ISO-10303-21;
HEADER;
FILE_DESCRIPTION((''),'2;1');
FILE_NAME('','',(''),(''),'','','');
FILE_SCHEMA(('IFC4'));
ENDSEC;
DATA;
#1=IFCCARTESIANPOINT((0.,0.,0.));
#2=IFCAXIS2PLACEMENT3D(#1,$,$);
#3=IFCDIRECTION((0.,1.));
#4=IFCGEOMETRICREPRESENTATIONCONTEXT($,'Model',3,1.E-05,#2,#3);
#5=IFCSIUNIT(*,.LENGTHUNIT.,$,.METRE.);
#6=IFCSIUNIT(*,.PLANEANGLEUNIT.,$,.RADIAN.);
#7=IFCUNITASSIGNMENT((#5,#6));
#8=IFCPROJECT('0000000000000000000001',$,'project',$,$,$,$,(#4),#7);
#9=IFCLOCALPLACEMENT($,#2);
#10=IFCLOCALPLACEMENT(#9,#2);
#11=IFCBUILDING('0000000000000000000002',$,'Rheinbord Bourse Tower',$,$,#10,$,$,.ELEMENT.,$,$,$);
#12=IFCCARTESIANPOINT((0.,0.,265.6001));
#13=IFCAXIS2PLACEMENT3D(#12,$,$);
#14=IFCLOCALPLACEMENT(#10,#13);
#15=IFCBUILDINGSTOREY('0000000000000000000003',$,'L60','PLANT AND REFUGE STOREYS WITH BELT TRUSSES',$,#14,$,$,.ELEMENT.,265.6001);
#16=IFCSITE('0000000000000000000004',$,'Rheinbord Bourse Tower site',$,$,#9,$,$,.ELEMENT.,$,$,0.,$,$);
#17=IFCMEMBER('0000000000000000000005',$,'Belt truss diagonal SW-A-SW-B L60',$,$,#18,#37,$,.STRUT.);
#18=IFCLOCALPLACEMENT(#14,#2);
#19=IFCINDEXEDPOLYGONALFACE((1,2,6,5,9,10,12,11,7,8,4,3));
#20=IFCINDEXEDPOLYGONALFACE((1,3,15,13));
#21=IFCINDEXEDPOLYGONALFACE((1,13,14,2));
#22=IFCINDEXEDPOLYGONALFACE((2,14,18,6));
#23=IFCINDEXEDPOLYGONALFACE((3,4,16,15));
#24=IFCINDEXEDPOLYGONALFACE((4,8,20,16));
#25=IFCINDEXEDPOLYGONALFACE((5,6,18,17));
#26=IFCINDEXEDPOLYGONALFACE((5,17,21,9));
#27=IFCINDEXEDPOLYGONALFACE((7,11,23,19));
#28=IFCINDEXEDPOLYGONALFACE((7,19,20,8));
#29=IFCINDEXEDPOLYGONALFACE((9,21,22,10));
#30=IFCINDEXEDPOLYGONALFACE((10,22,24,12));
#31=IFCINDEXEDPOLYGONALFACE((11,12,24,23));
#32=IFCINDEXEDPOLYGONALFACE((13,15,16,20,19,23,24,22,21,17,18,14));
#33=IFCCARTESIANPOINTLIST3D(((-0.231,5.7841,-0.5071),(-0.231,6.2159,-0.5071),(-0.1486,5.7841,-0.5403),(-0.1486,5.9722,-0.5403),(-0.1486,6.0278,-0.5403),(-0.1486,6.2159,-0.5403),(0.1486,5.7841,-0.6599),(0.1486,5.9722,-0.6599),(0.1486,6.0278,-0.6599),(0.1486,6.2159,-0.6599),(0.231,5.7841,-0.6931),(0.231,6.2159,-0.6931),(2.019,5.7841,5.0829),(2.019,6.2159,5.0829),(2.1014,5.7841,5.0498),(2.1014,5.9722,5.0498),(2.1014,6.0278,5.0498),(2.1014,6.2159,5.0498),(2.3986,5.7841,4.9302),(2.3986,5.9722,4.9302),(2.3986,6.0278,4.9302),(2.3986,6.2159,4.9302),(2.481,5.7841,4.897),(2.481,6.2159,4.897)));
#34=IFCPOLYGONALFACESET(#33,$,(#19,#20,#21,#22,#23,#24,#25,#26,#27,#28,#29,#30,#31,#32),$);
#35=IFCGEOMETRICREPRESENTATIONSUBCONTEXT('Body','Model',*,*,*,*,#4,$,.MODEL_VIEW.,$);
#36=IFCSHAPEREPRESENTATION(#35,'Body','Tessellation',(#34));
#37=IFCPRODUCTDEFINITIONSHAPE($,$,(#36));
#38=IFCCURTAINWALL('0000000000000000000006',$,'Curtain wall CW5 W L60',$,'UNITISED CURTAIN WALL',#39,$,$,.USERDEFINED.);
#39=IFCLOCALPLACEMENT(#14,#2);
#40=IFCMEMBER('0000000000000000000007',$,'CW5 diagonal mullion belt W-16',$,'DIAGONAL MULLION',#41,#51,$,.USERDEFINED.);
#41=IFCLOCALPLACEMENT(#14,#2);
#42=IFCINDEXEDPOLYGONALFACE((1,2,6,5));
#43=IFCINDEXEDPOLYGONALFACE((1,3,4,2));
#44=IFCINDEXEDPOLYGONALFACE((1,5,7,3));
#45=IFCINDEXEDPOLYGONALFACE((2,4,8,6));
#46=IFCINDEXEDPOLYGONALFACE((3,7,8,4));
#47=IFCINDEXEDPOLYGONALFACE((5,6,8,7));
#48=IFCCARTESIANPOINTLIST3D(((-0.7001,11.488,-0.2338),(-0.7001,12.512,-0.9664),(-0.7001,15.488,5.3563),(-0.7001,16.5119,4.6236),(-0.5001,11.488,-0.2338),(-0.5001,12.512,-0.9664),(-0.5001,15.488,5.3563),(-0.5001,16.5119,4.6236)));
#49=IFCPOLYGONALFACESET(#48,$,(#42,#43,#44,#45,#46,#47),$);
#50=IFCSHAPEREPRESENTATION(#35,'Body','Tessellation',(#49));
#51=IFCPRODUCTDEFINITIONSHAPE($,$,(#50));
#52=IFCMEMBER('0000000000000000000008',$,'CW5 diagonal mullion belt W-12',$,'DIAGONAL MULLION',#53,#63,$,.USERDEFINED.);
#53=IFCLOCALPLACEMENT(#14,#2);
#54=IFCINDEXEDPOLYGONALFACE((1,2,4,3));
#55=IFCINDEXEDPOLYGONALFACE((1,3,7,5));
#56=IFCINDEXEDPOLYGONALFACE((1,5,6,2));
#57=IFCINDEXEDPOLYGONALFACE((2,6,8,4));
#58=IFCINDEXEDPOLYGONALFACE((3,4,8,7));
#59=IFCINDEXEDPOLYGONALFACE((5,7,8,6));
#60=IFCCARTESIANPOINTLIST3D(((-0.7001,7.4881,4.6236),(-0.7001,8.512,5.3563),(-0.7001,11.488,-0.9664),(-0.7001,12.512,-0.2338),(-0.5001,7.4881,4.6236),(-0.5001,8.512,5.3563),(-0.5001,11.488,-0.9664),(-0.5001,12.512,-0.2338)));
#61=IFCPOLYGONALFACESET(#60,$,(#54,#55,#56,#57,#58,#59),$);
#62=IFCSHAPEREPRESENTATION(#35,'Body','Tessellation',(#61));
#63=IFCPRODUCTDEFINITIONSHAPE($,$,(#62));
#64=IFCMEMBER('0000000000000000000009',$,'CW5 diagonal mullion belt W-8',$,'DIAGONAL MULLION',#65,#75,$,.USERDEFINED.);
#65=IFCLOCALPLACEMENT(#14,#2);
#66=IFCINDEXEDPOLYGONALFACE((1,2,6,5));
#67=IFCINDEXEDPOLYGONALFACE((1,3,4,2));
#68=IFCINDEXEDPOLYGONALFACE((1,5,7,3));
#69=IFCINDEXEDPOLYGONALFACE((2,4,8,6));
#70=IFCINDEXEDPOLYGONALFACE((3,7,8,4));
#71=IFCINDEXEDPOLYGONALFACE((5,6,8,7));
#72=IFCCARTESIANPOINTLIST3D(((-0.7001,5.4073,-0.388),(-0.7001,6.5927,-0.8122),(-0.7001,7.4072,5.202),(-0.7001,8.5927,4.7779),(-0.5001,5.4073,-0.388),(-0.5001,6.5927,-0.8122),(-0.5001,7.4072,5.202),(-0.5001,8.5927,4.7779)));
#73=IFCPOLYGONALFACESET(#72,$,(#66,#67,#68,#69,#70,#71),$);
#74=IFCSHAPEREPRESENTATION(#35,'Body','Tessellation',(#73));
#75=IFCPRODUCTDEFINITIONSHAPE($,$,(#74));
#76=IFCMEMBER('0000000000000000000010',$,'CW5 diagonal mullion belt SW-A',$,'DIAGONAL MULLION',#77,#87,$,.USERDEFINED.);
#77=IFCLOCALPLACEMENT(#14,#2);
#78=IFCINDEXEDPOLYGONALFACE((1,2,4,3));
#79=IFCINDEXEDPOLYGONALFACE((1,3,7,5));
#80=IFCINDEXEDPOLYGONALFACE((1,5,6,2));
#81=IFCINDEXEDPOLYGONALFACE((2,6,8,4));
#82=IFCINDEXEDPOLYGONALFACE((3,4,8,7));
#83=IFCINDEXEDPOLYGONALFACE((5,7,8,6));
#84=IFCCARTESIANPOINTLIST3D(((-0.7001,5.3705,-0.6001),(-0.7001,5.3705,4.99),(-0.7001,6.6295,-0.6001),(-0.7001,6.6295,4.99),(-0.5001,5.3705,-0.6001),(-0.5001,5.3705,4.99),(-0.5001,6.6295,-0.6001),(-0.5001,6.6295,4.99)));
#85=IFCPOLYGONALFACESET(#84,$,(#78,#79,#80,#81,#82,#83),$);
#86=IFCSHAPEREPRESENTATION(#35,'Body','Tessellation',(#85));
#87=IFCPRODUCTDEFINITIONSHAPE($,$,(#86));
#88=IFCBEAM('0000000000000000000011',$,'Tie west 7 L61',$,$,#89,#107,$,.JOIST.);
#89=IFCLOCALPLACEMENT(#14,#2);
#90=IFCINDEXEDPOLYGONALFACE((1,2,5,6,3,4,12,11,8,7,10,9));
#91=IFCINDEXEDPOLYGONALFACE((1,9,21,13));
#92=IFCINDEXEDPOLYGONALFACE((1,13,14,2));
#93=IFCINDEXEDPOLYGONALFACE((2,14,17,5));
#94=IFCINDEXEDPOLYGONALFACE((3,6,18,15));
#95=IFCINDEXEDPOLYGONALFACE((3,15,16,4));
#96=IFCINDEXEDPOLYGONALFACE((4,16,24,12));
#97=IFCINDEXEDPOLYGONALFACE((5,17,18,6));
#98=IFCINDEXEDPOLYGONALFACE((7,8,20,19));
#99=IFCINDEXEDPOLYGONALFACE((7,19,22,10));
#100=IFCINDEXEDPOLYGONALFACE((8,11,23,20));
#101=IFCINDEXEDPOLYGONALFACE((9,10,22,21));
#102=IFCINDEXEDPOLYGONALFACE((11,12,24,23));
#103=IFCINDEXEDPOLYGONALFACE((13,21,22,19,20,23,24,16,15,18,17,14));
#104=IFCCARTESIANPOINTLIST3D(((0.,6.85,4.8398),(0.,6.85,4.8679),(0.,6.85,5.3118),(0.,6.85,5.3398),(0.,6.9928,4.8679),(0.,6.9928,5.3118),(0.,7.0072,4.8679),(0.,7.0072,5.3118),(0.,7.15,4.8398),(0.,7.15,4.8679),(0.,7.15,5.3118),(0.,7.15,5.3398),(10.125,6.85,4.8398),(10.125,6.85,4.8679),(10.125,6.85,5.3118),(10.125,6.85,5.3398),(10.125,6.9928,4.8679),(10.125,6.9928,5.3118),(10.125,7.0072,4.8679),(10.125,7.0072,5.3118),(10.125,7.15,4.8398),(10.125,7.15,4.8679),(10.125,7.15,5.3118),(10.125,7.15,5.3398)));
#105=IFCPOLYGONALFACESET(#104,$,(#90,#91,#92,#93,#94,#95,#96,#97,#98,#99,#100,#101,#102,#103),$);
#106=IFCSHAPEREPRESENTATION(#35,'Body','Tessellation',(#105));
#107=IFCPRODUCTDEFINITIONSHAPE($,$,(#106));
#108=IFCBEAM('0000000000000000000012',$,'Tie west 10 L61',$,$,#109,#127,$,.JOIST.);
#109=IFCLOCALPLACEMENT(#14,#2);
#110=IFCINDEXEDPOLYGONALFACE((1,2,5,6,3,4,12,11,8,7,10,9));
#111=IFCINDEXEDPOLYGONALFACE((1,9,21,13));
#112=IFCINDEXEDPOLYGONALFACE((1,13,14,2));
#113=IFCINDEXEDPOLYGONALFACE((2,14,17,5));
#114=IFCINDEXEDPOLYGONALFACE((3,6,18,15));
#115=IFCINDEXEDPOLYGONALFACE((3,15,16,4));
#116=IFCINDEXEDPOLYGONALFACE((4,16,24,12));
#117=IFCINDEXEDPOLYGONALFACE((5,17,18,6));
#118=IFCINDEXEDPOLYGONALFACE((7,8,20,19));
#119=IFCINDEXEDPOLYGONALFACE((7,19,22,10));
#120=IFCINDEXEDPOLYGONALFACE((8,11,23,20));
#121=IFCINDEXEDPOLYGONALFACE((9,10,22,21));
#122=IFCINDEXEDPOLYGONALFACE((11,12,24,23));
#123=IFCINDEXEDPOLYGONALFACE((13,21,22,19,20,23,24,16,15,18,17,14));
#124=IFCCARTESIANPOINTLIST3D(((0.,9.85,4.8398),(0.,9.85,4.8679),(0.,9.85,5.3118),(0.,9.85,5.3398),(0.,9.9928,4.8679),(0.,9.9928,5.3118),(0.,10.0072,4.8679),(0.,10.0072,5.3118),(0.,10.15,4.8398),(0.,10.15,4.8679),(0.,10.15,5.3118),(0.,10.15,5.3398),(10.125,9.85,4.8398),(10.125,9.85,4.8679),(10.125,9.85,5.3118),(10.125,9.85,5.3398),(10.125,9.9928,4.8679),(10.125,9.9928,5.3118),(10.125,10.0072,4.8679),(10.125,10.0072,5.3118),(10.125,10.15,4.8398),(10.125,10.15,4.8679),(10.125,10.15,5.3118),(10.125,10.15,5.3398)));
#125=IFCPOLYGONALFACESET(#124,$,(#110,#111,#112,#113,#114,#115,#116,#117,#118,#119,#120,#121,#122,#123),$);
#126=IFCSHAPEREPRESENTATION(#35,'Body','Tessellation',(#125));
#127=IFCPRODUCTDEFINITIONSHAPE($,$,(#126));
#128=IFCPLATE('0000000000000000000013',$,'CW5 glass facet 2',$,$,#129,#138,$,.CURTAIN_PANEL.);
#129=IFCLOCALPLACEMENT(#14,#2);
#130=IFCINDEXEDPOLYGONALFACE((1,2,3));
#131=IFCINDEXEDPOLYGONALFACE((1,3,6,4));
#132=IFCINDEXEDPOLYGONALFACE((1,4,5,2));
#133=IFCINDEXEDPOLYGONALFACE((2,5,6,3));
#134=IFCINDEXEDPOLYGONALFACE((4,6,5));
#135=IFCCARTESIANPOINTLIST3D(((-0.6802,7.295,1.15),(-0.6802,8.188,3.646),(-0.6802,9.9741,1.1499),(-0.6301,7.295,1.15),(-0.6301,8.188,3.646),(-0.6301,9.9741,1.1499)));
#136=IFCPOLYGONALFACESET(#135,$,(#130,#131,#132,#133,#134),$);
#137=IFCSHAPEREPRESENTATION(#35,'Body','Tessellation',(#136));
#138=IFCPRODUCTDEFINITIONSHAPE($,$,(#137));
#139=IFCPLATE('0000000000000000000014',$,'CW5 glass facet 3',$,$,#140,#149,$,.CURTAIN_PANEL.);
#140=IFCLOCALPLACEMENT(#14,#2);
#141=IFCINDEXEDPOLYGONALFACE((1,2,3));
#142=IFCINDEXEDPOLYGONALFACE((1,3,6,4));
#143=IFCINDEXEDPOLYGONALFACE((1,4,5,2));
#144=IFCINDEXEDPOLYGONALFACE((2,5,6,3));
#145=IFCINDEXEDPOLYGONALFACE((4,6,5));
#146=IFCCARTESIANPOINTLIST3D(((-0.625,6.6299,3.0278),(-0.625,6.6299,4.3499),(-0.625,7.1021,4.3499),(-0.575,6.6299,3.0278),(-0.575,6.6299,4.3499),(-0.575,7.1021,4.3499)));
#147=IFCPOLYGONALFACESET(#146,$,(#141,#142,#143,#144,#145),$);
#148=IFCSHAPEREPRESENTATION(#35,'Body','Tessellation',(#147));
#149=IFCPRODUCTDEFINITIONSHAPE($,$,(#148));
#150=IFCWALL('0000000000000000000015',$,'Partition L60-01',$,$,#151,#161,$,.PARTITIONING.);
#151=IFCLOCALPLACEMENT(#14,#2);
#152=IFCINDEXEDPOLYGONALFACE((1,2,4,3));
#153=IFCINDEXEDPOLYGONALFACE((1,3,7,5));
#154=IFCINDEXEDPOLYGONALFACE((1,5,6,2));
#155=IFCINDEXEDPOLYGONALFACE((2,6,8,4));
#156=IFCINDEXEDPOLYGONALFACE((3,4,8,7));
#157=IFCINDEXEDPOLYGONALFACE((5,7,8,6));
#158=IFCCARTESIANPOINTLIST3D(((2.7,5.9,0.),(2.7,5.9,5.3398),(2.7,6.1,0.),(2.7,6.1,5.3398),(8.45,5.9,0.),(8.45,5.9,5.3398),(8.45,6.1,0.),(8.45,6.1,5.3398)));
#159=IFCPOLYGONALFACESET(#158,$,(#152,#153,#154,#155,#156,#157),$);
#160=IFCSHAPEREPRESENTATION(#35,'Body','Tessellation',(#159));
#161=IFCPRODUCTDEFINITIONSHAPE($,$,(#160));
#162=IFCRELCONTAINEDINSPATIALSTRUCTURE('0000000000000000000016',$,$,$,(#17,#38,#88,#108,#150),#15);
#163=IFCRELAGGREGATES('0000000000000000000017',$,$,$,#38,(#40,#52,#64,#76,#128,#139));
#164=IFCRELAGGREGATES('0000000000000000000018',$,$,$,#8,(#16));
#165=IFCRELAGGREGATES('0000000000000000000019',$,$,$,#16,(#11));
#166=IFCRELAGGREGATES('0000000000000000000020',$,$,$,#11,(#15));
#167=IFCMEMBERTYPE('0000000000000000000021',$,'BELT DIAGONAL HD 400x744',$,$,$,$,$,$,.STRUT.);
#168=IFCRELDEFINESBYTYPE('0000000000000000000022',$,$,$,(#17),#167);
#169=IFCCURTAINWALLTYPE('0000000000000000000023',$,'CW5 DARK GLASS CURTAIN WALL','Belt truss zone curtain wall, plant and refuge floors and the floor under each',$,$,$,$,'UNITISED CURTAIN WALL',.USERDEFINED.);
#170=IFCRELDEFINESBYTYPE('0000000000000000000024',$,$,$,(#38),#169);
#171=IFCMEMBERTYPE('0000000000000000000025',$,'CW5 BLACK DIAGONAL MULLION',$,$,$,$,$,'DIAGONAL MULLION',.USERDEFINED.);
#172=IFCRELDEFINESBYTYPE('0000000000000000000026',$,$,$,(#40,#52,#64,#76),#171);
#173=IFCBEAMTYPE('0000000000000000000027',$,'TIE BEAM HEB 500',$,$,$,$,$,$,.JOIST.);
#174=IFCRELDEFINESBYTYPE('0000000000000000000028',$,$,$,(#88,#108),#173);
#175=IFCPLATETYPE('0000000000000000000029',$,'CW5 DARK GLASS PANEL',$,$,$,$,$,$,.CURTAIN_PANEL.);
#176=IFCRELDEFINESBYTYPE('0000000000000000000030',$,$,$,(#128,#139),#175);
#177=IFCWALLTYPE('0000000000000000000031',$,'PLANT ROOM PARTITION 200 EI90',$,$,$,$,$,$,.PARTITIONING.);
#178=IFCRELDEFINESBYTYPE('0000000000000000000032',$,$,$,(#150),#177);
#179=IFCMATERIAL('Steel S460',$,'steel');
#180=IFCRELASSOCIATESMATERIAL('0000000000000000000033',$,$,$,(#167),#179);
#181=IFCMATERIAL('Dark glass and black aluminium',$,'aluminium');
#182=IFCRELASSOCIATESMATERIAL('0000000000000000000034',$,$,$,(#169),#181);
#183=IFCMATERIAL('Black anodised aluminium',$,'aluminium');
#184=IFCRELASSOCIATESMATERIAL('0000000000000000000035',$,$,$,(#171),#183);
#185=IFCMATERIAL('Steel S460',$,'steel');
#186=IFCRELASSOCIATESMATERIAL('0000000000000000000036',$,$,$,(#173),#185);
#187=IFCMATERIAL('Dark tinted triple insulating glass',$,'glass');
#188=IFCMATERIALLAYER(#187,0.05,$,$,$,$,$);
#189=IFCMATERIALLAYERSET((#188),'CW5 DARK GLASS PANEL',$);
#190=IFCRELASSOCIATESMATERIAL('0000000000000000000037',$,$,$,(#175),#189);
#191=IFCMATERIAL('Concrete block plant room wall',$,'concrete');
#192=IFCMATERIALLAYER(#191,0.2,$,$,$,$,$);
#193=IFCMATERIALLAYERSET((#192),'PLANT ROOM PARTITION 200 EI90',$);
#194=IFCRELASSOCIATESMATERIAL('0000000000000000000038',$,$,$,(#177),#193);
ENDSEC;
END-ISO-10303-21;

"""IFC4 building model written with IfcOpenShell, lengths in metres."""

from ifc_helpers import new_model, si_unit, direction, frame, frame_2d, origin, origin_2d, place, context, subcontext, project, spatial, polyline, rectangle, i_section, outline, extrude, material, layer, layer_set, material_profile, profile_set, type_object, element, aggregate, save


model = new_model("IFC4")

# Units and contexts
model_context = context("Model", 3, precision=1e-05, world=origin(), true_north=direction((0.0, 1.0)))
body_context = subcontext(model_context, "Body", "Model", "MODEL_VIEW")
ifc_project = project(units=[si_unit("LENGTHUNIT", "METRE"), si_unit("PLANEANGLEUNIT", "RADIAN")], contexts=[model_context])

# Site, building, storey
site_placement = place(None, origin())
site = spatial("IfcSite", under=ifc_project, at=site_placement, Name="Rheinbord Bourse Tower site", CompositionType="ELEMENT", RefElevation=0.0)
building_placement = place(site_placement, origin())
building = spatial("IfcBuilding", under=site, at=building_placement, Name="Rheinbord Bourse Tower", CompositionType="ELEMENT")
storey_placement = place(building_placement, frame((0.0, 0.0, 265.6001)))
storey = spatial("IfcBuildingStorey", under=building, at=storey_placement, Name="L60", Description="PLANT AND REFUGE STOREYS WITH BELT TRUSSES", CompositionType="ELEMENT", Elevation=265.6001)

# Member
ifc_material_1 = material(Name="Steel S460", Category="steel")
ifc_material_profile_1 = material_profile(ifc_material_1, i_section(OverallWidth=0.4319, OverallDepth=0.498, WebThickness=0.0557, FlangeThickness=0.0889, at=origin_2d()), Name="HD 400x744")
ifc_profile_set_1 = profile_set([ifc_material_profile_1], Name="Steel S460")
member_type_1 = type_object("IfcMemberType", Name="BELT DIAGONAL HD 400x744", PredefinedType="STRUT", material=ifc_profile_set_1)
member_1_placement = place(storey_placement, frame((0.0, 6.0, -0.6001), z_axis=(0.373388, 0.0, 0.927675), x_axis=(0.0, 1.0, 0.0)))
element("IfcMember", 1, at=member_1_placement, inside=storey, type_object=member_type_1, Name="Belt truss diagonal SW-A-SW-B L60", PredefinedType="STRUT", context=body_context, shape_type="SweptSolid", body=[
    extrude(i_section(OverallWidth=0.4319, OverallDepth=0.498, WebThickness=0.0557, FlangeThickness=0.0889, at=origin_2d()), origin(), (0.0, 0.0, 1.0), 6.0259),
])

# Curtain wall, members
ifc_material_2 = material(Name="Dark glass and black aluminium", Category="aluminium")
curtain_wall_type = type_object("IfcCurtainWallType", Name="CW5 DARK GLASS CURTAIN WALL", Description="Belt truss zone curtain wall, plant and refuge floors and the floor under each", ElementType="UNITISED CURTAIN WALL", PredefinedType="USERDEFINED", material=ifc_material_2)
curtain_wall_placement = place(storey_placement, origin())
curtain_wall = element("IfcCurtainWall", 2, at=curtain_wall_placement, inside=storey, type_object=curtain_wall_type, Name="Curtain wall CW5 W L60", ObjectType="UNITISED CURTAIN WALL", PredefinedType="USERDEFINED")
ifc_material_3 = material(Name="Black anodised aluminium", Category="aluminium")
ifc_material_profile_2 = material_profile(ifc_material_3, rectangle(XDim=0.2, YDim=1.259, at=origin_2d()), Name="CW5 DIAGONAL MULLION 1259x200")
ifc_profile_set_2 = profile_set([ifc_material_profile_2], Name="Black anodised aluminium")
member_type_2 = type_object("IfcMemberType", Name="CW5 BLACK DIAGONAL MULLION", ElementType="DIAGONAL MULLION", PredefinedType="USERDEFINED", material=ifc_profile_set_2)
member_2_placement = place(storey_placement, frame((-0.6001, 12.0, -0.6001), z_axis=(0.0, 0.58192, 0.813246), x_axis=(-1.0, 0.0, 0.0)))
member_2 = element("IfcMember", 3, at=member_2_placement, type_object=member_type_2, Name="CW5 diagonal mullion belt W-16", ObjectType="DIAGONAL MULLION", PredefinedType="USERDEFINED", context=body_context, shape_type="SweptSolid", body=[
    extrude(rectangle(XDim=0.2, YDim=1.259, at=origin_2d()), origin(), (0.0, 0.0, 1.0), 6.8738),
])
member_3_placement = place(storey_placement, frame((-0.6001, 12.0, -0.6001), z_axis=(0.0, -0.58192, 0.813246), x_axis=(1.0, 0.0, 0.0)))
member_3 = element("IfcMember", 4, at=member_3_placement, type_object=member_type_2, Name="CW5 diagonal mullion belt W-12", ObjectType="DIAGONAL MULLION", PredefinedType="USERDEFINED", context=body_context, shape_type="SweptSolid", body=[
    extrude(rectangle(XDim=0.2, YDim=1.259, at=origin_2d()), origin(), (0.0, 0.0, 1.0), 6.8738),
])
member_4_placement = place(storey_placement, frame((-0.6001, 6.0, -0.6001), z_axis=(0.0, 0.336865, 0.941553), x_axis=(-1.0, 0.0, 0.0)))
member_4 = element("IfcMember", 5, at=member_4_placement, type_object=member_type_2, Name="CW5 diagonal mullion belt W-8", ObjectType="DIAGONAL MULLION", PredefinedType="USERDEFINED", context=body_context, shape_type="SweptSolid", body=[
    extrude(rectangle(XDim=0.2, YDim=1.259, at=origin_2d()), origin(), (0.0, 0.0, 1.0), 5.937),
])
member_5_placement = place(storey_placement, frame((-0.6001, 6.0, -0.6001), z_axis=(0.0, 0.0, 1.0), x_axis=(1.0, 0.0, 0.0)))
member_5 = element("IfcMember", 6, at=member_5_placement, type_object=member_type_2, Name="CW5 diagonal mullion belt SW-A", ObjectType="DIAGONAL MULLION", PredefinedType="USERDEFINED", context=body_context, shape_type="SweptSolid", body=[
    extrude(rectangle(XDim=0.2, YDim=1.259, at=origin_2d()), origin(), (0.0, 0.0, 1.0), 5.5901),
])

# Beams
ifc_material_4 = material(Name="Steel S460", Category="steel")
ifc_material_profile_3 = material_profile(ifc_material_4, i_section(OverallWidth=0.3, OverallDepth=0.5, WebThickness=0.0144, FlangeThickness=0.0281, at=origin_2d()), Name="HEB 500")
ifc_profile_set_3 = profile_set([ifc_material_profile_3], Name="Steel S460")
beam_type_1 = type_object("IfcBeamType", Name="TIE BEAM HEB 500", PredefinedType="JOIST", material=ifc_profile_set_3)
for number, where, z_axis, x_axis, name in (
    (7, (0.0, 7.0, 5.0898), (1.0, 0.0, 0.0), (0.0, 1.0, 0.0), "Tie west 7 L61"),
    (8, (0.0, 10.0, 5.0898), (1.0, 0.0, 0.0), (0.0, 1.0, 0.0), "Tie west 10 L61"),
):
    element("IfcBeam", number, at=place(storey_placement, frame(where, z_axis=z_axis, x_axis=x_axis)), inside=storey, type_object=beam_type_1, Name=name, PredefinedType="JOIST", context=body_context, shape_type="SweptSolid", body=[
        extrude(i_section(OverallWidth=0.3, OverallDepth=0.5, WebThickness=0.0144, FlangeThickness=0.0281, at=origin_2d()), origin(), (0.0, 0.0, 1.0), 10.125),
    ])

# Plates
ifc_material_5 = material(Name="Dark tinted triple insulating glass", Category="glass")
ifc_layer_1 = layer(ifc_material_5, 0.05)
ifc_layer_set_1 = layer_set([ifc_layer_1], Name="CW5 DARK GLASS PANEL")
plate_type = type_object("IfcPlateType", Name="CW5 DARK GLASS PANEL", PredefinedType="CURTAIN_PANEL", material=ifc_layer_set_1)
plate_1_placement = place(storey_placement, frame((-0.6802, 9.9741, 1.1499), z_axis=(1.0, 0.0, 0.0), x_axis=(0.0, -0.58193, 0.813239)))
plate_1 = element("IfcPlate", 9, at=plate_1_placement, type_object=plate_type, Name="CW5 glass facet 2", PredefinedType="CURTAIN_PANEL", context=body_context, shape_type="SweptSolid", body=[
    extrude(outline(polyline([(0.0, 0.0), (3.0693, 0.0), (1.5591, 2.1787), (0.0, 0.0)])), origin(), (0.0, 0.0, 1.0), 0.05),
])
plate_2_placement = place(storey_placement, frame((-0.625, 6.6299, 4.3499), z_axis=(1.0, 0.0, 0.0), x_axis=(0.0, 0.0, -1.0)))
plate_2 = element("IfcPlate", 10, at=plate_2_placement, type_object=plate_type, Name="CW5 glass facet 3", PredefinedType="CURTAIN_PANEL", context=body_context, shape_type="SweptSolid", body=[
    extrude(outline(polyline([(0.0, 0.0), (1.322, 0.0), (0.0, 0.4722), (0.0, 0.0)])), origin(), (0.0, 0.0, 1.0), 0.05),
])
aggregate(curtain_wall, [member_2, member_3, member_4, member_5, plate_1, plate_2])

# Wall
ifc_material_6 = material(Name="Concrete block plant room wall", Category="concrete")
ifc_layer_2 = layer(ifc_material_6, 0.2)
ifc_layer_set_2 = layer_set([ifc_layer_2], Name="PLANT ROOM PARTITION 200 EI90")
wall_type = type_object("IfcWallType", Name="PLANT ROOM PARTITION 200 EI90", PredefinedType="PARTITIONING", material=ifc_layer_set_2)
wall_1_placement = place(storey_placement, frame((2.7, 6.0, 0.0), z_axis=(0.0, 0.0, 1.0), x_axis=(1.0, 0.0, 0.0)))
element("IfcWall", 11, at=wall_1_placement, inside=storey, type_object=wall_type, Name="Partition L60-01", PredefinedType="PARTITIONING", context=body_context, shape_type="SweptSolid", body=[
    extrude(rectangle(XDim=5.75, YDim=0.2, at=frame_2d((2.875, 0.0))), origin(), (0.0, 0.0, 1.0), 5.3398),
])

save(model, "model.ifc")
